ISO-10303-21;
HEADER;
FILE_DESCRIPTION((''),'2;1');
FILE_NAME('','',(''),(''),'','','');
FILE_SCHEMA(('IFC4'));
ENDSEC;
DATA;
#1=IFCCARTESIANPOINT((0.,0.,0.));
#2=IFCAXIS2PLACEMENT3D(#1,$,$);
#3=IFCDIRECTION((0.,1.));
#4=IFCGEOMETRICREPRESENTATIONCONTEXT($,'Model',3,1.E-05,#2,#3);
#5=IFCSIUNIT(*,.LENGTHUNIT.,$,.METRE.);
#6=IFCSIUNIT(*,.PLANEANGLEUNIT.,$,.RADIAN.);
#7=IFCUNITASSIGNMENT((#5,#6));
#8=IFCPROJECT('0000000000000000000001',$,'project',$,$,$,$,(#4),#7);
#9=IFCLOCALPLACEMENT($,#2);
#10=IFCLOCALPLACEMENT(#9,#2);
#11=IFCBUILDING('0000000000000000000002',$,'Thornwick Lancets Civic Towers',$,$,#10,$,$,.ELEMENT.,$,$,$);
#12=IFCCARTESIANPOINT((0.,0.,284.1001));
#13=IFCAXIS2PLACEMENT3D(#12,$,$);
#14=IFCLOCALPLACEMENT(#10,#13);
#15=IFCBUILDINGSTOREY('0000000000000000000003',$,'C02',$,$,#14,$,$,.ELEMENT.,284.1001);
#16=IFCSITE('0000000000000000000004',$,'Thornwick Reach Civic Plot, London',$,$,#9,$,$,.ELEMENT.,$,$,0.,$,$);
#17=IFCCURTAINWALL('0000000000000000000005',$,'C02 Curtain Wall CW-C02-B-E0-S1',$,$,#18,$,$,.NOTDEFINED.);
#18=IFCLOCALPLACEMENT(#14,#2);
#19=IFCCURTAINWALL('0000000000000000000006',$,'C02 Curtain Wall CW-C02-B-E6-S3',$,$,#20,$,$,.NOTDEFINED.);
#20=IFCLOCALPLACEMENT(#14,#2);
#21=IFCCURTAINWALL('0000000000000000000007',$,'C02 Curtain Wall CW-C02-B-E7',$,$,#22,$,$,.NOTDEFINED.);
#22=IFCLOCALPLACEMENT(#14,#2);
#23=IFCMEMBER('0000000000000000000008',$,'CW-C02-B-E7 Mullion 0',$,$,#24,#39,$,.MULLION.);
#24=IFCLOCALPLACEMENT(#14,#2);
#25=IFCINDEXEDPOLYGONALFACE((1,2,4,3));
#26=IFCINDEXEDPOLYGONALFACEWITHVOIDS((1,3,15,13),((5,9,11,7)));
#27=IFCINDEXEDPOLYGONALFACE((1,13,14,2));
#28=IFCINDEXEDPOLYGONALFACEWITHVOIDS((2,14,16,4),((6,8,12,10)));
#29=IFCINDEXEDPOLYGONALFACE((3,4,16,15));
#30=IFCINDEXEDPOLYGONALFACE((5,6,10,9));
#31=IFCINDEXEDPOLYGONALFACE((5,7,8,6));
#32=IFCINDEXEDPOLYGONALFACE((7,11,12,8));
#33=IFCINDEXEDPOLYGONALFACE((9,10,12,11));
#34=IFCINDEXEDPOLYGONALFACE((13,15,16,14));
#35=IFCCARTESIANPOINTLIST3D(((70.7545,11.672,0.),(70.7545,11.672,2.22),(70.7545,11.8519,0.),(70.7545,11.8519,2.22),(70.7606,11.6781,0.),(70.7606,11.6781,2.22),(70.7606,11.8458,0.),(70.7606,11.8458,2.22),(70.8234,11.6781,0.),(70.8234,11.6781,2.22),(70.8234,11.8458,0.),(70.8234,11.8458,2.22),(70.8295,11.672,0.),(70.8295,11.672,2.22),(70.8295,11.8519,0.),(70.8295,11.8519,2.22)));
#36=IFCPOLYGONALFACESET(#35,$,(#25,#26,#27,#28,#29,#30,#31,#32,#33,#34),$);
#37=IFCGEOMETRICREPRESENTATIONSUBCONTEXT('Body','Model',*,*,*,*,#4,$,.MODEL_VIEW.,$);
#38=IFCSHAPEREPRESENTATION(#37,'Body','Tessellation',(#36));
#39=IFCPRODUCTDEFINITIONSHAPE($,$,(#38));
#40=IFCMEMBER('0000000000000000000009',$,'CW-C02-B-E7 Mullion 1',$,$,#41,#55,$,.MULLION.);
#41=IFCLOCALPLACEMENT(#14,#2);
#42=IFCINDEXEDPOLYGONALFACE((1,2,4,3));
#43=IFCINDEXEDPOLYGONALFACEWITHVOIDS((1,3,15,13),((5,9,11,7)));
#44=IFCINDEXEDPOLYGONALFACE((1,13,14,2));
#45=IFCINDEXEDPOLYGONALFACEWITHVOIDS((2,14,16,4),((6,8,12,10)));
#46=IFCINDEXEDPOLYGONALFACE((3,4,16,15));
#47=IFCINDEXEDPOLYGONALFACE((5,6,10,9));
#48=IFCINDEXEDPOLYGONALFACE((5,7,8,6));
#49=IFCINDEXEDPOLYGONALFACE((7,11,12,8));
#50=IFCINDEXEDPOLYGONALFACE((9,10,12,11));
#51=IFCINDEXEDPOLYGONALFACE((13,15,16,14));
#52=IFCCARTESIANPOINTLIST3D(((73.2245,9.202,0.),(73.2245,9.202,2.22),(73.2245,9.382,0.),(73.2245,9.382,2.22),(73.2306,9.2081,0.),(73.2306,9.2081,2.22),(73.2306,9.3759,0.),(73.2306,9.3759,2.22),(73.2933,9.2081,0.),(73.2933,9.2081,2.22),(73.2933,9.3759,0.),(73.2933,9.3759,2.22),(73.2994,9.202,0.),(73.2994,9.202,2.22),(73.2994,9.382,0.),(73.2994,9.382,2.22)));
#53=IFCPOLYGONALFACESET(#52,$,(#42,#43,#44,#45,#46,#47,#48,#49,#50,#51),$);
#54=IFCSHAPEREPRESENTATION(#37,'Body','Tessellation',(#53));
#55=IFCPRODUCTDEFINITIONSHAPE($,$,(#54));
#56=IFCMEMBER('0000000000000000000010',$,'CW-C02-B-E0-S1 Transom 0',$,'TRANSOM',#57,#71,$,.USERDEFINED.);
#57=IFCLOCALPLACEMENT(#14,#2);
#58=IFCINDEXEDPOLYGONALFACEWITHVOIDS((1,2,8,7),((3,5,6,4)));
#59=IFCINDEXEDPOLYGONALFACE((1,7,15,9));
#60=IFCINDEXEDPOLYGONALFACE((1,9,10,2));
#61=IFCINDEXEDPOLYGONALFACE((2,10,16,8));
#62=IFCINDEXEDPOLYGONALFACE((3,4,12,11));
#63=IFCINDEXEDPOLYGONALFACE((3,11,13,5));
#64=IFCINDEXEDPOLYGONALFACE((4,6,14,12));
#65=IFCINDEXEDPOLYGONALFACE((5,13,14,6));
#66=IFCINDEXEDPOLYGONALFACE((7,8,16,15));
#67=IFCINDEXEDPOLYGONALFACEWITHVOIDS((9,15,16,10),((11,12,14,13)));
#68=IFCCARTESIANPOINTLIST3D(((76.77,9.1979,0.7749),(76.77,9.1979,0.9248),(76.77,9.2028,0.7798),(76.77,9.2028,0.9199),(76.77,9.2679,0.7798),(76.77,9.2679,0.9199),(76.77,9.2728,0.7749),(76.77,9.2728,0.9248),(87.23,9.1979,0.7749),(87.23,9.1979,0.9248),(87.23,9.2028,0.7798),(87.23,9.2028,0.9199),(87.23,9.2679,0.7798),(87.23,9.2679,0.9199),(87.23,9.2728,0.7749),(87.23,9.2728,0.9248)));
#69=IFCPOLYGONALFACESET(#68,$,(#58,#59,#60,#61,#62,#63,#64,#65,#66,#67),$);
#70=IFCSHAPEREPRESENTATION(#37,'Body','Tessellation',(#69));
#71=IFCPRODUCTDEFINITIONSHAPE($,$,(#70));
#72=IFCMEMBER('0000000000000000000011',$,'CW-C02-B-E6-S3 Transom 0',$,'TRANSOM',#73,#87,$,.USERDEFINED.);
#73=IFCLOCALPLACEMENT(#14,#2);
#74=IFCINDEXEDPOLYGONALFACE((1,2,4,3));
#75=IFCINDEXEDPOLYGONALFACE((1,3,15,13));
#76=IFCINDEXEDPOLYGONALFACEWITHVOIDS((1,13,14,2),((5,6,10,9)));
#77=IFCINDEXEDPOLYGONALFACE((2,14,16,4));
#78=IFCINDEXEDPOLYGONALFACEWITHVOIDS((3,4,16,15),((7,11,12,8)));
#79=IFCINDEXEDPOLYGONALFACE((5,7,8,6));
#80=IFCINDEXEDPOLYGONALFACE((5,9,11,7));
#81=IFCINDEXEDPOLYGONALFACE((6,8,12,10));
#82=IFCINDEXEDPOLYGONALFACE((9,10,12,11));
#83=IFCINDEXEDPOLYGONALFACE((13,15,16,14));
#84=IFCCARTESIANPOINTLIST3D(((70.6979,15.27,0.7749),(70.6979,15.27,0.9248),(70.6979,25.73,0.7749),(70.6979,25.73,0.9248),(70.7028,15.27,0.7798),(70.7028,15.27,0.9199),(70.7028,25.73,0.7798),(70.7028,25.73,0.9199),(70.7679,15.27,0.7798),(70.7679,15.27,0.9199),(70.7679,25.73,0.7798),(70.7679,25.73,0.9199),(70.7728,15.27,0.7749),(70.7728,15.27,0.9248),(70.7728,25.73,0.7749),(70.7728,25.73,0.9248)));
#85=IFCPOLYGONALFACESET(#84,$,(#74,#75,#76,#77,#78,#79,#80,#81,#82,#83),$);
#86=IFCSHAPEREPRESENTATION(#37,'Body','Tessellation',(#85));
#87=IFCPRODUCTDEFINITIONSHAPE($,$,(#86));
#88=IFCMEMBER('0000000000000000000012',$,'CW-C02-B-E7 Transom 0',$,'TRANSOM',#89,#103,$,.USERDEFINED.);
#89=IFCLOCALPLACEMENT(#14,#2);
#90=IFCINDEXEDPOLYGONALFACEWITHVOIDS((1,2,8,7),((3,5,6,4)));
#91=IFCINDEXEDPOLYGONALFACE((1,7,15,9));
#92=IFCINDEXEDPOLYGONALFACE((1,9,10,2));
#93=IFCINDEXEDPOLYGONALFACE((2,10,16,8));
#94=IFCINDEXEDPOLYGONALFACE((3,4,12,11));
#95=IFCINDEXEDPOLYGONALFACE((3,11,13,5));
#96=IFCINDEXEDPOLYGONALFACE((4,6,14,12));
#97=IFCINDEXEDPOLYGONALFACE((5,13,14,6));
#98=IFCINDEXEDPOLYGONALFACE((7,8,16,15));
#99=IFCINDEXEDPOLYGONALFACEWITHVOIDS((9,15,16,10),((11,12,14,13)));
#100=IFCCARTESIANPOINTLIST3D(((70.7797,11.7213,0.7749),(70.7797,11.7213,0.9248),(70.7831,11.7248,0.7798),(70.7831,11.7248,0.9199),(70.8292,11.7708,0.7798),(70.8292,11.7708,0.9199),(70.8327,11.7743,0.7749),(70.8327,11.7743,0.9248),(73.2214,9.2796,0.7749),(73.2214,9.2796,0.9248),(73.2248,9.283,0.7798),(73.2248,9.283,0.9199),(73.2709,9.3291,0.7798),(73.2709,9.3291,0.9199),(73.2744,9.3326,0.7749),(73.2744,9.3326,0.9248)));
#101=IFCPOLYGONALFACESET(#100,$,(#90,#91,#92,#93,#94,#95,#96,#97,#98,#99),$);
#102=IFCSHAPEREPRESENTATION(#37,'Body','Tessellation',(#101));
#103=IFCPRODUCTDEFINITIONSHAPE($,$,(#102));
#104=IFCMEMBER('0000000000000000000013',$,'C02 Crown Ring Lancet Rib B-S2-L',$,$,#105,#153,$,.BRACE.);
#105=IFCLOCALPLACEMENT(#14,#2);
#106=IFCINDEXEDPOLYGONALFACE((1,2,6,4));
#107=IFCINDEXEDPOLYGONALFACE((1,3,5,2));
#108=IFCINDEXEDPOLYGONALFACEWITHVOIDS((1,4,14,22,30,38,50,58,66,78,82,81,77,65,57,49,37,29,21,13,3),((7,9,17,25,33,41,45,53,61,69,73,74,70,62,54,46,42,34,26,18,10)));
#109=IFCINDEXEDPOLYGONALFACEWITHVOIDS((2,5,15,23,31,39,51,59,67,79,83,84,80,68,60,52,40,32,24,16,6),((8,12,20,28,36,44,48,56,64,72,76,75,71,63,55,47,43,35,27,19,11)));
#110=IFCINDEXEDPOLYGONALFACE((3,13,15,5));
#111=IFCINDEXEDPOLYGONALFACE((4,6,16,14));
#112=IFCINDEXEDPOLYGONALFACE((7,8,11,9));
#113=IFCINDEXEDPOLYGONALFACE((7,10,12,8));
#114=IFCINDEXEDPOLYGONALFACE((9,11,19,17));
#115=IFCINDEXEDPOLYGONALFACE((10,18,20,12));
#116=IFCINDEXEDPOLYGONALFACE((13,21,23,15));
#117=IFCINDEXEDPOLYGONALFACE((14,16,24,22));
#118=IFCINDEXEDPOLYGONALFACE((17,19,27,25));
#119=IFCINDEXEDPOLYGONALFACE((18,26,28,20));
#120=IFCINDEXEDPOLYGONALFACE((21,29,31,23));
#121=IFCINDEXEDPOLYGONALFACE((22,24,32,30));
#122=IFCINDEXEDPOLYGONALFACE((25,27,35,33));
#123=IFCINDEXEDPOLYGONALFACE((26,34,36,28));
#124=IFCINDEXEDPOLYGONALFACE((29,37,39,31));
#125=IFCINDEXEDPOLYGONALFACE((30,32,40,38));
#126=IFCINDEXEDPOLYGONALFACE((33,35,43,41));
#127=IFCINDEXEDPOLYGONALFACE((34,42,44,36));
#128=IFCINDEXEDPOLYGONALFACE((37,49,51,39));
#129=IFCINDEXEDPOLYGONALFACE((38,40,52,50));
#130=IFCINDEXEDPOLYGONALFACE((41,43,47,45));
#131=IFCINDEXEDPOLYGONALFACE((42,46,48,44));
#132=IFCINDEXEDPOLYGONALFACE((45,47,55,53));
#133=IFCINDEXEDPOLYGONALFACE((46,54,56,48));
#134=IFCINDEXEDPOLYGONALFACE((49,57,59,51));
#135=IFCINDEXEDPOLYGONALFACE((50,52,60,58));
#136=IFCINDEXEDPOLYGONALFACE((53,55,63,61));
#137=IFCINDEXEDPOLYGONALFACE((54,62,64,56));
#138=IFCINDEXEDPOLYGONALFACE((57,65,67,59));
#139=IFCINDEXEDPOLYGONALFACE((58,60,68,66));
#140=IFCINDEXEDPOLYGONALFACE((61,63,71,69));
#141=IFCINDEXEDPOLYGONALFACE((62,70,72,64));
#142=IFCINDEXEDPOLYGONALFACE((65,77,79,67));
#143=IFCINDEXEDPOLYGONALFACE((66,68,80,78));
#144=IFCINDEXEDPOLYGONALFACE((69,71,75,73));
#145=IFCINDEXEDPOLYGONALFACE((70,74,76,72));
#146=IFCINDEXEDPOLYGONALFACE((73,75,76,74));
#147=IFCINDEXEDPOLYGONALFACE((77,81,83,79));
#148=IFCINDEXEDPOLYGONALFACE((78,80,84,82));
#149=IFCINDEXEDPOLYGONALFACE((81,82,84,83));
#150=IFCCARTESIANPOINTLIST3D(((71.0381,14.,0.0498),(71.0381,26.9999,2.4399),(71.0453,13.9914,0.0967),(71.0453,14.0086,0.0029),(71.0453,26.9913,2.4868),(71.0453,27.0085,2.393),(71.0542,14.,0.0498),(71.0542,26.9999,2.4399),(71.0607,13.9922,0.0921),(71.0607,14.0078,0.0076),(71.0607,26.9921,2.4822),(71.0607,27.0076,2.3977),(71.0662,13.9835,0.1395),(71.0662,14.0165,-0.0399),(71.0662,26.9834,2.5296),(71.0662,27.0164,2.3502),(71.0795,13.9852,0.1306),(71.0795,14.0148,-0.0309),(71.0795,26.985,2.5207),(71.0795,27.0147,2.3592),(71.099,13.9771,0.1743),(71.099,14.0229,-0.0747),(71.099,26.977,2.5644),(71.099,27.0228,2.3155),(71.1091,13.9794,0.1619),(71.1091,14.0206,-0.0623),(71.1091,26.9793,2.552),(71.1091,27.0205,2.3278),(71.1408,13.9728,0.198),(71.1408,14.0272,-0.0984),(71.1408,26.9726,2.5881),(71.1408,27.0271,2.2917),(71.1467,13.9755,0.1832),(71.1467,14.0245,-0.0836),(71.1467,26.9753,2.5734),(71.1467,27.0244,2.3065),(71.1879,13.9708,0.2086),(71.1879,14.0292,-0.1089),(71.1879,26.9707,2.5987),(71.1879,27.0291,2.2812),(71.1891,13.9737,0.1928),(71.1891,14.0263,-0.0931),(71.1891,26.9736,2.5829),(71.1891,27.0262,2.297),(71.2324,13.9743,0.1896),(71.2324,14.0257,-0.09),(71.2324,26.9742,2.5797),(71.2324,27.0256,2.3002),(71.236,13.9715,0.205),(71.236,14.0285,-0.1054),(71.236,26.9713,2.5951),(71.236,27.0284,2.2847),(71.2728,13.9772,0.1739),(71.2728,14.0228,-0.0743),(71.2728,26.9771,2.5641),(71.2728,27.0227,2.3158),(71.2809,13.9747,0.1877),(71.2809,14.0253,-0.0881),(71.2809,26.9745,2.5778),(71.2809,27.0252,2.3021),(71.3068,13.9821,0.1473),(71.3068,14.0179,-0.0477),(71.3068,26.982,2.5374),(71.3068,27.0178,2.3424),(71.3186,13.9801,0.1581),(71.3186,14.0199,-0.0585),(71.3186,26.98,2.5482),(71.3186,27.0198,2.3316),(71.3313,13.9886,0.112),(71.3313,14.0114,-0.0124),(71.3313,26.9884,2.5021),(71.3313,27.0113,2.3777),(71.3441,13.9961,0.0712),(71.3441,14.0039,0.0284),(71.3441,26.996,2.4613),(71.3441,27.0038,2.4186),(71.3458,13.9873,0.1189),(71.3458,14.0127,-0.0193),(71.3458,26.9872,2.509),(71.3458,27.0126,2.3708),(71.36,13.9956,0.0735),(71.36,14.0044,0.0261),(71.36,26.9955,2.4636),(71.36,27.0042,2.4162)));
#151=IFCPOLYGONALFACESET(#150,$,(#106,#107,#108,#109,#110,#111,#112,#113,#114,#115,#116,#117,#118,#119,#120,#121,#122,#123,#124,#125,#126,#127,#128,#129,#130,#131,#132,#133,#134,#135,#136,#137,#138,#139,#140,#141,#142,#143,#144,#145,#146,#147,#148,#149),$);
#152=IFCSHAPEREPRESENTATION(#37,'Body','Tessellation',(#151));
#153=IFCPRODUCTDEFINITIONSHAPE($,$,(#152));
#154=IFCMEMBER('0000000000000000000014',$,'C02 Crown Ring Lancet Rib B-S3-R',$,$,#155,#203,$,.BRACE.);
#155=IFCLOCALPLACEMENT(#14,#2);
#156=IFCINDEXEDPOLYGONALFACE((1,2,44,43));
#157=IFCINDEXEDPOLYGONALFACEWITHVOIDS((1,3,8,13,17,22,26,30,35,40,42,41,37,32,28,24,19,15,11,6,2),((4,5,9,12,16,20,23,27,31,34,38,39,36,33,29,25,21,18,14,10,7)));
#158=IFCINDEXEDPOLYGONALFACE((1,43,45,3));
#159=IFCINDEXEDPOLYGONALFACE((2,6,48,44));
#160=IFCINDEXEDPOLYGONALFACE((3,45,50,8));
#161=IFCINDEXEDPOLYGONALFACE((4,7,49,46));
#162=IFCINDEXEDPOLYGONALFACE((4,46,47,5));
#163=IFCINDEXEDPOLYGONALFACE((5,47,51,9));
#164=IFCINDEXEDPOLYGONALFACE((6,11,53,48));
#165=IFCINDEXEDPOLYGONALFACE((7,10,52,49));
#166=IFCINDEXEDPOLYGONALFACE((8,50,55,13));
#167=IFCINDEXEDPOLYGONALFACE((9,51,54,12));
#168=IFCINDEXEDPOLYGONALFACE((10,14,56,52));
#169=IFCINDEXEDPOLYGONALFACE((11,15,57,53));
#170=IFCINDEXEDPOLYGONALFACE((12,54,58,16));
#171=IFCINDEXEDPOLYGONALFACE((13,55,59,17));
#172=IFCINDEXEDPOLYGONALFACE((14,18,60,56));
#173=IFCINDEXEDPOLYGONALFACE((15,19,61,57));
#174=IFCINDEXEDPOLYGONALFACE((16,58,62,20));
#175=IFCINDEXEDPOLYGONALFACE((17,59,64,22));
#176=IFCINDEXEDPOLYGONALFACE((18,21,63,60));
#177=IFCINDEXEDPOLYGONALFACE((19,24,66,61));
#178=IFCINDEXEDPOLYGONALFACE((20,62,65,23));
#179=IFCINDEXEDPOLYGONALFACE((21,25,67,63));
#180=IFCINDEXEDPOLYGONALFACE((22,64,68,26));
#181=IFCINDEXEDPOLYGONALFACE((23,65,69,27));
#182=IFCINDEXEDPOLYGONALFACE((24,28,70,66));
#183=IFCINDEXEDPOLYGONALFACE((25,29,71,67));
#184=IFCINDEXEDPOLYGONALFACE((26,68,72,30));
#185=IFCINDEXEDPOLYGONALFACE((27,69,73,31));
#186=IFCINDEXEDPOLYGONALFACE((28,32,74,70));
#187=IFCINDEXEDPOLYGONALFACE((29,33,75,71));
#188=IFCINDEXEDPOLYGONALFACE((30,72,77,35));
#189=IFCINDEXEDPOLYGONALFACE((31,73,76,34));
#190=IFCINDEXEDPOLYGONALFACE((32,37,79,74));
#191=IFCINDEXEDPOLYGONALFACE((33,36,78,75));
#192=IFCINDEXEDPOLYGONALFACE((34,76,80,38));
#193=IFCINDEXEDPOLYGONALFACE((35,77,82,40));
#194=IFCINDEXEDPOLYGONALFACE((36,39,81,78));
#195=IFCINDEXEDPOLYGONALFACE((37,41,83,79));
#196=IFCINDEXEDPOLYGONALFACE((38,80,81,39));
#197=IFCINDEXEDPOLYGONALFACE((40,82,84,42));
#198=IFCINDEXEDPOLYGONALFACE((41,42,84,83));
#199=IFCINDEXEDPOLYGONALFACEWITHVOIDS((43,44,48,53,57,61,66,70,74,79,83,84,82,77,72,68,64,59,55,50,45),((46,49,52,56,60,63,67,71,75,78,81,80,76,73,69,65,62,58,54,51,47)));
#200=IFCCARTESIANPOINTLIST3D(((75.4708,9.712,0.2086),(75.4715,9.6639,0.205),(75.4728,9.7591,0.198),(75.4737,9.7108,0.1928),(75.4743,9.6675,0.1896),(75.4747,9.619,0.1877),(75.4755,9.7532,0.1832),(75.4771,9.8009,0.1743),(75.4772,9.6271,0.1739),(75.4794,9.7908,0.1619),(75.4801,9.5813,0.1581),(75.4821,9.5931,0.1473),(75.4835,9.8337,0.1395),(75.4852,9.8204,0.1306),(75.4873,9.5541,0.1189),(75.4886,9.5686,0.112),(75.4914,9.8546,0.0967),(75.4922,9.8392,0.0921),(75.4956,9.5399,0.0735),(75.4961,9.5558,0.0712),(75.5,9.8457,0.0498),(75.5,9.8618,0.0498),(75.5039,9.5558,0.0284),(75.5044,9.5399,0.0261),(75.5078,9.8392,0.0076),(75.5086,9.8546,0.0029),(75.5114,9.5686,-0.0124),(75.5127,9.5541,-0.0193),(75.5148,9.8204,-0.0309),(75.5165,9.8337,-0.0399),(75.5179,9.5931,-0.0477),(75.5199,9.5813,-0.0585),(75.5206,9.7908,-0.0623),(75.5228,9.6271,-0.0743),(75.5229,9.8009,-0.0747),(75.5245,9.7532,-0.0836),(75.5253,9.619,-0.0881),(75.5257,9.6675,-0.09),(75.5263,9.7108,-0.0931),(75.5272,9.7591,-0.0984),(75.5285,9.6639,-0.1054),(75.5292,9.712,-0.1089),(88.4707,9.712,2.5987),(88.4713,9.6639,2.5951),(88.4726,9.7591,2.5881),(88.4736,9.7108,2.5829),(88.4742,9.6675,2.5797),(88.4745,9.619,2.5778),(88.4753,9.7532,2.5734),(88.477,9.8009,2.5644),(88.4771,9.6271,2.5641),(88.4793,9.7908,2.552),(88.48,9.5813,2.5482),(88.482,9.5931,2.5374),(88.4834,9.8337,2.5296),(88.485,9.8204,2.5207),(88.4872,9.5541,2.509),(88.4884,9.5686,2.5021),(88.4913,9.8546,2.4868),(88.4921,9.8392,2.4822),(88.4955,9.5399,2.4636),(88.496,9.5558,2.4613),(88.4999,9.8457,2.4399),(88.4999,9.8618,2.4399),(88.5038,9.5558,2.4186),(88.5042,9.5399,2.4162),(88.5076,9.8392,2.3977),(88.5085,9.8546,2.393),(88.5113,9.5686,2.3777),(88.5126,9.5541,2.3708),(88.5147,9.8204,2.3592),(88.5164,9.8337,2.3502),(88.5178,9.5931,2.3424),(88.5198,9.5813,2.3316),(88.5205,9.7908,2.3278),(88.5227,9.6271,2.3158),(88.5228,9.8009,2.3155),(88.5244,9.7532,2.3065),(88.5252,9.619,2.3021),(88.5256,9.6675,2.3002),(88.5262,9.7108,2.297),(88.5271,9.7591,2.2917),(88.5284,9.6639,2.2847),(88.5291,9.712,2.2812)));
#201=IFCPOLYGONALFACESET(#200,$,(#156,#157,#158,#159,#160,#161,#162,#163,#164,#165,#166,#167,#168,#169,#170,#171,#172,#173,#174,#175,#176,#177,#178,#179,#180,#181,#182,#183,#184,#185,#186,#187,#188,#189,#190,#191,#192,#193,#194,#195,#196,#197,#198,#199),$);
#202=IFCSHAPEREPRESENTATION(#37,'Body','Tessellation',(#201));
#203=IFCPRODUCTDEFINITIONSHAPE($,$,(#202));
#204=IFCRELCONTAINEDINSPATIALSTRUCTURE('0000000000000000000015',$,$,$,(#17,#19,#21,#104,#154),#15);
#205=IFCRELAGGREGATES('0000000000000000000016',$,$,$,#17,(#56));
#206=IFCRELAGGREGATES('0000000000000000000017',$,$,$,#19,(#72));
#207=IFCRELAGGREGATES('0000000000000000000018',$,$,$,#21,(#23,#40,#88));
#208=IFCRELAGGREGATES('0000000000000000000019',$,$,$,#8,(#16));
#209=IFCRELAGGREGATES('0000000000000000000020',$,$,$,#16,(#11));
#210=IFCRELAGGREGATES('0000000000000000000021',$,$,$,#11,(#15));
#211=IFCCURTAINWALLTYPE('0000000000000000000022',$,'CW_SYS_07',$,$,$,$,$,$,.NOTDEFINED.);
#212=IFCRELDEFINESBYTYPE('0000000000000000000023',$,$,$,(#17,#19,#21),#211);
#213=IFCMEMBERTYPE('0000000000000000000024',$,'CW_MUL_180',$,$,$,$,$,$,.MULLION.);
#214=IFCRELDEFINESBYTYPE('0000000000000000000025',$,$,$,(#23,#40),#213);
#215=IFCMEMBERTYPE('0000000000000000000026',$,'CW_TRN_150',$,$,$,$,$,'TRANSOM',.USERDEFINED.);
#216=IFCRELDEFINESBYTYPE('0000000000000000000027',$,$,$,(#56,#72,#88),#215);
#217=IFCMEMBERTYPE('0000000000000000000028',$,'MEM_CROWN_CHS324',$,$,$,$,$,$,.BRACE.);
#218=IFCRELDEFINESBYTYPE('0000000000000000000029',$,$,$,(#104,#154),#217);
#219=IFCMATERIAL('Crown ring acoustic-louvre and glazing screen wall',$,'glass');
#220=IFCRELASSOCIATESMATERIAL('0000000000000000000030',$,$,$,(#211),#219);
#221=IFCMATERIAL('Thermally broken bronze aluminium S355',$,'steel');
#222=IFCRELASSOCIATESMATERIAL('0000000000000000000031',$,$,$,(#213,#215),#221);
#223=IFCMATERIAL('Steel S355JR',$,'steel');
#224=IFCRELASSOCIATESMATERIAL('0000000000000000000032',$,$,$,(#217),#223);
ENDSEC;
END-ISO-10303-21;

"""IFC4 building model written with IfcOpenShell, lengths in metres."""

from ifc_helpers import new_model, si_unit, direction, frame, origin, origin_2d, place, context, subcontext, project, spatial, hollow_rectangle, hollow_circle, extrude, material, material_profile, profile_set, type_object, element, aggregate, save


model = new_model("IFC4")

# Units and contexts
model_context = context("Model", 3, precision=1e-05, world=origin(), true_north=direction((0.0, 1.0)))
body_context = subcontext(model_context, "Body", "Model", "MODEL_VIEW")
ifc_project = project(units=[si_unit("LENGTHUNIT", "METRE"), si_unit("PLANEANGLEUNIT", "RADIAN")], contexts=[model_context])

# Site, building, storey
site_placement = place(None, origin())
site = spatial("IfcSite", under=ifc_project, at=site_placement, Name="Thornwick Reach Civic Plot, London", CompositionType="ELEMENT", RefElevation=0.0)
building_placement = place(site_placement, origin())
building = spatial("IfcBuilding", under=site, at=building_placement, Name="Thornwick Lancets Civic Towers", CompositionType="ELEMENT")
storey_placement = place(building_placement, frame((0.0, 0.0, 284.1001)))
storey = spatial("IfcBuildingStorey", under=building, at=storey_placement, Name="C02", CompositionType="ELEMENT", Elevation=284.1001)

# Shared definitions
ifc_material_1 = material(Name="Steel S355JR", Category="steel")

# Curtain walls, members
ifc_material_2 = material(Name="Crown ring acoustic-louvre and glazing screen wall", Category="glass")
curtain_wall_type = type_object("IfcCurtainWallType", Name="CW_SYS_07", PredefinedType="NOTDEFINED", material=ifc_material_2)
curtain_wall_1_placement = place(storey_placement, origin())
curtain_wall_1 = element("IfcCurtainWall", 1, at=curtain_wall_1_placement, inside=storey, type_object=curtain_wall_type, Name="C02 Curtain Wall CW-C02-B-E0-S1", PredefinedType="NOTDEFINED")
ifc_material_3 = material(Name="Thermally broken bronze aluminium S355", Category="steel")
ifc_material_profile_1 = material_profile(ifc_material_3, hollow_rectangle(XDim=0.075, YDim=0.1799, WallThickness=0.0061, at=origin_2d()), Name="RHS 180x75x6")
ifc_profile_set_1 = profile_set([ifc_material_profile_1], Name="Thermally broken bronze aluminium S355")
member_type_1 = type_object("IfcMemberType", Name="CW_MUL_180", PredefinedType="MULLION", material=ifc_profile_set_1)
curtain_wall_2_placement = place(storey_placement, origin())
curtain_wall_2 = element("IfcCurtainWall", 2, at=curtain_wall_2_placement, inside=storey, type_object=curtain_wall_type, Name="C02 Curtain Wall CW-C02-B-E6-S3", PredefinedType="NOTDEFINED")
curtain_wall_3_placement = place(storey_placement, origin())
curtain_wall_3 = element("IfcCurtainWall", 3, at=curtain_wall_3_placement, inside=storey, type_object=curtain_wall_type, Name="C02 Curtain Wall CW-C02-B-E7", PredefinedType="NOTDEFINED")
member_1_placement = place(storey_placement, frame((70.792, 11.762, 0.0), z_axis=(0.0, 0.0, 1.0), x_axis=(1.0, 0.0, 0.0)))
member_1 = element("IfcMember", 4, at=member_1_placement, type_object=member_type_1, Name="CW-C02-B-E7 Mullion 0", PredefinedType="MULLION", context=body_context, shape_type="SweptSolid", body=[
    extrude(hollow_rectangle(XDim=0.075, YDim=0.1799, WallThickness=0.0061, at=origin_2d()), origin(), (0.0, 0.0, 1.0), 2.22),
])
member_2_placement = place(storey_placement, frame((73.262, 9.292, 0.0), z_axis=(0.0, 0.0, 1.0), x_axis=(1.0, 0.0, 0.0)))
member_2 = element("IfcMember", 5, at=member_2_placement, type_object=member_type_1, Name="CW-C02-B-E7 Mullion 1", PredefinedType="MULLION", context=body_context, shape_type="SweptSolid", body=[
    extrude(hollow_rectangle(XDim=0.075, YDim=0.1799, WallThickness=0.0061, at=origin_2d()), origin(), (0.0, 0.0, 1.0), 2.22),
])

# Members
ifc_material_profile_2 = material_profile(ifc_material_3, hollow_rectangle(XDim=0.075, YDim=0.1499, WallThickness=0.0049, at=origin_2d()), Name="RHS 150x75x5")
ifc_profile_set_2 = profile_set([ifc_material_profile_2], Name="Thermally broken bronze aluminium S355")
member_type_2 = type_object("IfcMemberType", Name="CW_TRN_150", ElementType="TRANSOM", PredefinedType="USERDEFINED", material=ifc_profile_set_2)
member_3_placement = place(storey_placement, frame((76.77, 9.2354, 0.8499), z_axis=(1.0, 0.0, 0.0), x_axis=(0.0, 1.0, 0.0)))
member_3 = element("IfcMember", 6, at=member_3_placement, type_object=member_type_2, Name="CW-C02-B-E0-S1 Transom 0", ObjectType="TRANSOM", PredefinedType="USERDEFINED", context=body_context, shape_type="SweptSolid", body=[
    extrude(hollow_rectangle(XDim=0.075, YDim=0.1499, WallThickness=0.0049, at=origin_2d()), origin(), (0.0, 0.0, 1.0), 10.46),
])
member_4_placement = place(storey_placement, frame((70.7354, 25.73, 0.8499), z_axis=(0.0, -1.0, 0.0), x_axis=(1.0, 0.0, 0.0)))
member_4 = element("IfcMember", 7, at=member_4_placement, type_object=member_type_2, Name="CW-C02-B-E6-S3 Transom 0", ObjectType="TRANSOM", PredefinedType="USERDEFINED", context=body_context, shape_type="SweptSolid", body=[
    extrude(hollow_rectangle(XDim=0.075, YDim=0.1499, WallThickness=0.0049, at=origin_2d()), origin(), (0.0, 0.0, 1.0), 10.46),
])
member_5_placement = place(storey_placement, frame((70.8062, 11.7478, 0.8499), z_axis=(0.707107, -0.707107, 0.0), x_axis=(0.707107, 0.707107, 0.0)))
member_5 = element("IfcMember", 8, at=member_5_placement, type_object=member_type_2, Name="CW-C02-B-E7 Transom 0", ObjectType="TRANSOM", PredefinedType="USERDEFINED", context=body_context, shape_type="SweptSolid", body=[
    extrude(hollow_rectangle(XDim=0.075, YDim=0.1499, WallThickness=0.0049, at=origin_2d()), origin(), (0.0, 0.0, 1.0), 3.4531),
])

# Members
ifc_material_profile_3 = material_profile(ifc_material_1, hollow_circle(Radius=0.1619, WallThickness=0.0161, at=origin_2d()), Name="CHS 323.9x16")
ifc_profile_set_3 = profile_set([ifc_material_profile_3], Name="Steel S355JR")
member_type_3 = type_object("IfcMemberType", Name="MEM_CROWN_CHS324", PredefinedType="BRACE", material=ifc_profile_set_3)
for number, where, z_axis, x_axis, name in (
    (9, (71.2, 14.0, 0.0498), (0.0, 0.983515, 0.180826), (-1.0, 0.0, 0.0), "C02 Crown Ring Lancet Rib B-S2-L"),
    (10, (75.5, 9.7, 0.0498), (0.983515, 0.0, 0.180826), (0.0, 1.0, 0.0), "C02 Crown Ring Lancet Rib B-S3-R"),
):
    element("IfcMember", number, at=place(storey_placement, frame(where, z_axis=z_axis, x_axis=x_axis)), inside=storey, type_object=member_type_3, Name=name, PredefinedType="BRACE", context=body_context, shape_type="SweptSolid", body=[
        extrude(hollow_circle(Radius=0.1619, WallThickness=0.0161, at=origin_2d()), origin(), (0.0, 0.0, 1.0), 13.2178),
    ])

aggregate(curtain_wall_1, [member_3])
aggregate(curtain_wall_2, [member_4])
aggregate(curtain_wall_3, [member_1, member_2, member_5])

save(model, "model.ifc")
